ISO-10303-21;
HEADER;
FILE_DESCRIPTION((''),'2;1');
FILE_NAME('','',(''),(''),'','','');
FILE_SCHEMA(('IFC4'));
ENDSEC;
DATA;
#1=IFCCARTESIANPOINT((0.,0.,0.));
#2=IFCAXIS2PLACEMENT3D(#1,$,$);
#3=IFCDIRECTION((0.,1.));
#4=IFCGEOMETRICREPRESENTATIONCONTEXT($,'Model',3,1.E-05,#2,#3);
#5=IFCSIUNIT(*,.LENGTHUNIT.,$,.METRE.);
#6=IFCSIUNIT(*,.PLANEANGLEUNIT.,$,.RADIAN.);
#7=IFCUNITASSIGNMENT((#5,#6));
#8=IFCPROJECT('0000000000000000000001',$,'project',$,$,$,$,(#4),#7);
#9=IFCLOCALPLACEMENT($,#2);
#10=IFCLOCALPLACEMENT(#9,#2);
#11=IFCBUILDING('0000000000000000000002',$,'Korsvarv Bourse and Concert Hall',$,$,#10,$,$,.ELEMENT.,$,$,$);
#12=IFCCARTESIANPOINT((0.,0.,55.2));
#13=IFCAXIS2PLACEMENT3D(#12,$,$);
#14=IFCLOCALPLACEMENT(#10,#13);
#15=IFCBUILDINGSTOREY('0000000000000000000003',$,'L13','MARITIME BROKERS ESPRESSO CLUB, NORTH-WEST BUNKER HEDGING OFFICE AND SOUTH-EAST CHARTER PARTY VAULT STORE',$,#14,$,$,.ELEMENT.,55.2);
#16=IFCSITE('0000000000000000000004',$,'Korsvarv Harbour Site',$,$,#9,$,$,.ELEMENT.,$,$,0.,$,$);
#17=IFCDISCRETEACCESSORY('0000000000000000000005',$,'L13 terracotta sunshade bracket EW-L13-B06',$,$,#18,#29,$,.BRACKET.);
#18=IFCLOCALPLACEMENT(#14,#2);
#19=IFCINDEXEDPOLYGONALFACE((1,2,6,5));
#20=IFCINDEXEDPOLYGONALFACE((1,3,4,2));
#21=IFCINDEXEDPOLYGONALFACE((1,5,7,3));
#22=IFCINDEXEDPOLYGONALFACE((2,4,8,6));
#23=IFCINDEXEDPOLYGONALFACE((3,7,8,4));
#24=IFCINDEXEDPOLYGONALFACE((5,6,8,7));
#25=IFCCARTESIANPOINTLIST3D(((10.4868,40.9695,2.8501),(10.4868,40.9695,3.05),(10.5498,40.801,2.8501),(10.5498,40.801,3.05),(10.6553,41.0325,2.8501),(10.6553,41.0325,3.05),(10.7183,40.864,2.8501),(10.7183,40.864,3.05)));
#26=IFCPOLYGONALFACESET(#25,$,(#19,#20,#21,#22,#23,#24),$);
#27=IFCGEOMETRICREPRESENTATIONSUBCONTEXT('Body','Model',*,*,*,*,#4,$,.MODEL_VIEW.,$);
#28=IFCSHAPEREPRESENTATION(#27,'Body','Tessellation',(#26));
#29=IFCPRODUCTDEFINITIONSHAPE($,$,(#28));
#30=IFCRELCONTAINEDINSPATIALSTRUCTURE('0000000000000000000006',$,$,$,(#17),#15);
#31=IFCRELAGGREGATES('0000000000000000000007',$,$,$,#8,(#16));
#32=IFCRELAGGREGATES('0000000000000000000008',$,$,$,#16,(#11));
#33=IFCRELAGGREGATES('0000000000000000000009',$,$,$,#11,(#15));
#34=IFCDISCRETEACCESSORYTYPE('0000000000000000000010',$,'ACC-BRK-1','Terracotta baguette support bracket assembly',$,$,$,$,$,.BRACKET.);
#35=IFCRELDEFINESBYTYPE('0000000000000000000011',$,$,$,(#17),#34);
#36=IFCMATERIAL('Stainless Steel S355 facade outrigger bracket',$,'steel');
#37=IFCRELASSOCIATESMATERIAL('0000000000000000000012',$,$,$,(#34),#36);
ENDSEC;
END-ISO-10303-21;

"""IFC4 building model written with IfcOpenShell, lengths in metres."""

from ifc_helpers import new_model, si_unit, direction, frame, origin, origin_2d, place, context, subcontext, project, spatial, rectangle, extrude, source, transform, mapped, material, type_object, element, save


model = new_model("IFC4")

# Units and contexts
model_context = context("Model", 3, precision=1e-05, world=origin(), true_north=direction((0.0, 1.0)))
body_context = subcontext(model_context, "Body", "Model", "MODEL_VIEW")
ifc_project = project(units=[si_unit("LENGTHUNIT", "METRE"), si_unit("PLANEANGLEUNIT", "RADIAN")], contexts=[model_context])

# Site, building, storey
site_placement = place(None, origin())
site = spatial("IfcSite", under=ifc_project, at=site_placement, Name="Korsvarv Harbour Site", CompositionType="ELEMENT", RefElevation=0.0)
building_placement = place(site_placement, origin())
building = spatial("IfcBuilding", under=site, at=building_placement, Name="Korsvarv Bourse and Concert Hall", CompositionType="ELEMENT")
storey_placement = place(building_placement, frame((0.0, 0.0, 55.2)))
storey = spatial("IfcBuildingStorey", under=building, at=storey_placement, Name="L13", Description="MARITIME BROKERS ESPRESSO CLUB, NORTH-WEST BUNKER HEDGING OFFICE AND SOUTH-EAST CHARTER PARTY VAULT STORE", CompositionType="ELEMENT", Elevation=55.2)

# Discrete accessory
ifc_material_1 = material(Name="Stainless Steel S355 facade outrigger bracket", Category="steel")
discrete_accessory_type = type_object("IfcDiscreteAccessoryType", Name="ACC-BRK-1", Description="Terracotta baguette support bracket assembly", PredefinedType="BRACKET", material=ifc_material_1)
shared_shape_1 = source(origin(), body_context, "Body", "SweptSolid", [
    extrude(rectangle(XDim=0.1799, YDim=0.1799, at=origin_2d()), origin(), (0.0, 0.0, 1.0), 0.2),
])
discrete_accessory_placement = place(storey_placement, frame((10.6025, 40.9167, 2.8501), z_axis=(0.0, 0.0, 1.0), x_axis=(0.350207, -0.936672, 0.0)))
element("IfcDiscreteAccessory", 1, at=discrete_accessory_placement, inside=storey, type_object=discrete_accessory_type, Name="L13 terracotta sunshade bracket EW-L13-B06", PredefinedType="BRACKET", context=body_context, shape_type="MappedRepresentation", body=[
    mapped(shared_shape_1, transform((0.0, 0.0, 0.0), scale=1.0)),
])

save(model, "model.ifc")
